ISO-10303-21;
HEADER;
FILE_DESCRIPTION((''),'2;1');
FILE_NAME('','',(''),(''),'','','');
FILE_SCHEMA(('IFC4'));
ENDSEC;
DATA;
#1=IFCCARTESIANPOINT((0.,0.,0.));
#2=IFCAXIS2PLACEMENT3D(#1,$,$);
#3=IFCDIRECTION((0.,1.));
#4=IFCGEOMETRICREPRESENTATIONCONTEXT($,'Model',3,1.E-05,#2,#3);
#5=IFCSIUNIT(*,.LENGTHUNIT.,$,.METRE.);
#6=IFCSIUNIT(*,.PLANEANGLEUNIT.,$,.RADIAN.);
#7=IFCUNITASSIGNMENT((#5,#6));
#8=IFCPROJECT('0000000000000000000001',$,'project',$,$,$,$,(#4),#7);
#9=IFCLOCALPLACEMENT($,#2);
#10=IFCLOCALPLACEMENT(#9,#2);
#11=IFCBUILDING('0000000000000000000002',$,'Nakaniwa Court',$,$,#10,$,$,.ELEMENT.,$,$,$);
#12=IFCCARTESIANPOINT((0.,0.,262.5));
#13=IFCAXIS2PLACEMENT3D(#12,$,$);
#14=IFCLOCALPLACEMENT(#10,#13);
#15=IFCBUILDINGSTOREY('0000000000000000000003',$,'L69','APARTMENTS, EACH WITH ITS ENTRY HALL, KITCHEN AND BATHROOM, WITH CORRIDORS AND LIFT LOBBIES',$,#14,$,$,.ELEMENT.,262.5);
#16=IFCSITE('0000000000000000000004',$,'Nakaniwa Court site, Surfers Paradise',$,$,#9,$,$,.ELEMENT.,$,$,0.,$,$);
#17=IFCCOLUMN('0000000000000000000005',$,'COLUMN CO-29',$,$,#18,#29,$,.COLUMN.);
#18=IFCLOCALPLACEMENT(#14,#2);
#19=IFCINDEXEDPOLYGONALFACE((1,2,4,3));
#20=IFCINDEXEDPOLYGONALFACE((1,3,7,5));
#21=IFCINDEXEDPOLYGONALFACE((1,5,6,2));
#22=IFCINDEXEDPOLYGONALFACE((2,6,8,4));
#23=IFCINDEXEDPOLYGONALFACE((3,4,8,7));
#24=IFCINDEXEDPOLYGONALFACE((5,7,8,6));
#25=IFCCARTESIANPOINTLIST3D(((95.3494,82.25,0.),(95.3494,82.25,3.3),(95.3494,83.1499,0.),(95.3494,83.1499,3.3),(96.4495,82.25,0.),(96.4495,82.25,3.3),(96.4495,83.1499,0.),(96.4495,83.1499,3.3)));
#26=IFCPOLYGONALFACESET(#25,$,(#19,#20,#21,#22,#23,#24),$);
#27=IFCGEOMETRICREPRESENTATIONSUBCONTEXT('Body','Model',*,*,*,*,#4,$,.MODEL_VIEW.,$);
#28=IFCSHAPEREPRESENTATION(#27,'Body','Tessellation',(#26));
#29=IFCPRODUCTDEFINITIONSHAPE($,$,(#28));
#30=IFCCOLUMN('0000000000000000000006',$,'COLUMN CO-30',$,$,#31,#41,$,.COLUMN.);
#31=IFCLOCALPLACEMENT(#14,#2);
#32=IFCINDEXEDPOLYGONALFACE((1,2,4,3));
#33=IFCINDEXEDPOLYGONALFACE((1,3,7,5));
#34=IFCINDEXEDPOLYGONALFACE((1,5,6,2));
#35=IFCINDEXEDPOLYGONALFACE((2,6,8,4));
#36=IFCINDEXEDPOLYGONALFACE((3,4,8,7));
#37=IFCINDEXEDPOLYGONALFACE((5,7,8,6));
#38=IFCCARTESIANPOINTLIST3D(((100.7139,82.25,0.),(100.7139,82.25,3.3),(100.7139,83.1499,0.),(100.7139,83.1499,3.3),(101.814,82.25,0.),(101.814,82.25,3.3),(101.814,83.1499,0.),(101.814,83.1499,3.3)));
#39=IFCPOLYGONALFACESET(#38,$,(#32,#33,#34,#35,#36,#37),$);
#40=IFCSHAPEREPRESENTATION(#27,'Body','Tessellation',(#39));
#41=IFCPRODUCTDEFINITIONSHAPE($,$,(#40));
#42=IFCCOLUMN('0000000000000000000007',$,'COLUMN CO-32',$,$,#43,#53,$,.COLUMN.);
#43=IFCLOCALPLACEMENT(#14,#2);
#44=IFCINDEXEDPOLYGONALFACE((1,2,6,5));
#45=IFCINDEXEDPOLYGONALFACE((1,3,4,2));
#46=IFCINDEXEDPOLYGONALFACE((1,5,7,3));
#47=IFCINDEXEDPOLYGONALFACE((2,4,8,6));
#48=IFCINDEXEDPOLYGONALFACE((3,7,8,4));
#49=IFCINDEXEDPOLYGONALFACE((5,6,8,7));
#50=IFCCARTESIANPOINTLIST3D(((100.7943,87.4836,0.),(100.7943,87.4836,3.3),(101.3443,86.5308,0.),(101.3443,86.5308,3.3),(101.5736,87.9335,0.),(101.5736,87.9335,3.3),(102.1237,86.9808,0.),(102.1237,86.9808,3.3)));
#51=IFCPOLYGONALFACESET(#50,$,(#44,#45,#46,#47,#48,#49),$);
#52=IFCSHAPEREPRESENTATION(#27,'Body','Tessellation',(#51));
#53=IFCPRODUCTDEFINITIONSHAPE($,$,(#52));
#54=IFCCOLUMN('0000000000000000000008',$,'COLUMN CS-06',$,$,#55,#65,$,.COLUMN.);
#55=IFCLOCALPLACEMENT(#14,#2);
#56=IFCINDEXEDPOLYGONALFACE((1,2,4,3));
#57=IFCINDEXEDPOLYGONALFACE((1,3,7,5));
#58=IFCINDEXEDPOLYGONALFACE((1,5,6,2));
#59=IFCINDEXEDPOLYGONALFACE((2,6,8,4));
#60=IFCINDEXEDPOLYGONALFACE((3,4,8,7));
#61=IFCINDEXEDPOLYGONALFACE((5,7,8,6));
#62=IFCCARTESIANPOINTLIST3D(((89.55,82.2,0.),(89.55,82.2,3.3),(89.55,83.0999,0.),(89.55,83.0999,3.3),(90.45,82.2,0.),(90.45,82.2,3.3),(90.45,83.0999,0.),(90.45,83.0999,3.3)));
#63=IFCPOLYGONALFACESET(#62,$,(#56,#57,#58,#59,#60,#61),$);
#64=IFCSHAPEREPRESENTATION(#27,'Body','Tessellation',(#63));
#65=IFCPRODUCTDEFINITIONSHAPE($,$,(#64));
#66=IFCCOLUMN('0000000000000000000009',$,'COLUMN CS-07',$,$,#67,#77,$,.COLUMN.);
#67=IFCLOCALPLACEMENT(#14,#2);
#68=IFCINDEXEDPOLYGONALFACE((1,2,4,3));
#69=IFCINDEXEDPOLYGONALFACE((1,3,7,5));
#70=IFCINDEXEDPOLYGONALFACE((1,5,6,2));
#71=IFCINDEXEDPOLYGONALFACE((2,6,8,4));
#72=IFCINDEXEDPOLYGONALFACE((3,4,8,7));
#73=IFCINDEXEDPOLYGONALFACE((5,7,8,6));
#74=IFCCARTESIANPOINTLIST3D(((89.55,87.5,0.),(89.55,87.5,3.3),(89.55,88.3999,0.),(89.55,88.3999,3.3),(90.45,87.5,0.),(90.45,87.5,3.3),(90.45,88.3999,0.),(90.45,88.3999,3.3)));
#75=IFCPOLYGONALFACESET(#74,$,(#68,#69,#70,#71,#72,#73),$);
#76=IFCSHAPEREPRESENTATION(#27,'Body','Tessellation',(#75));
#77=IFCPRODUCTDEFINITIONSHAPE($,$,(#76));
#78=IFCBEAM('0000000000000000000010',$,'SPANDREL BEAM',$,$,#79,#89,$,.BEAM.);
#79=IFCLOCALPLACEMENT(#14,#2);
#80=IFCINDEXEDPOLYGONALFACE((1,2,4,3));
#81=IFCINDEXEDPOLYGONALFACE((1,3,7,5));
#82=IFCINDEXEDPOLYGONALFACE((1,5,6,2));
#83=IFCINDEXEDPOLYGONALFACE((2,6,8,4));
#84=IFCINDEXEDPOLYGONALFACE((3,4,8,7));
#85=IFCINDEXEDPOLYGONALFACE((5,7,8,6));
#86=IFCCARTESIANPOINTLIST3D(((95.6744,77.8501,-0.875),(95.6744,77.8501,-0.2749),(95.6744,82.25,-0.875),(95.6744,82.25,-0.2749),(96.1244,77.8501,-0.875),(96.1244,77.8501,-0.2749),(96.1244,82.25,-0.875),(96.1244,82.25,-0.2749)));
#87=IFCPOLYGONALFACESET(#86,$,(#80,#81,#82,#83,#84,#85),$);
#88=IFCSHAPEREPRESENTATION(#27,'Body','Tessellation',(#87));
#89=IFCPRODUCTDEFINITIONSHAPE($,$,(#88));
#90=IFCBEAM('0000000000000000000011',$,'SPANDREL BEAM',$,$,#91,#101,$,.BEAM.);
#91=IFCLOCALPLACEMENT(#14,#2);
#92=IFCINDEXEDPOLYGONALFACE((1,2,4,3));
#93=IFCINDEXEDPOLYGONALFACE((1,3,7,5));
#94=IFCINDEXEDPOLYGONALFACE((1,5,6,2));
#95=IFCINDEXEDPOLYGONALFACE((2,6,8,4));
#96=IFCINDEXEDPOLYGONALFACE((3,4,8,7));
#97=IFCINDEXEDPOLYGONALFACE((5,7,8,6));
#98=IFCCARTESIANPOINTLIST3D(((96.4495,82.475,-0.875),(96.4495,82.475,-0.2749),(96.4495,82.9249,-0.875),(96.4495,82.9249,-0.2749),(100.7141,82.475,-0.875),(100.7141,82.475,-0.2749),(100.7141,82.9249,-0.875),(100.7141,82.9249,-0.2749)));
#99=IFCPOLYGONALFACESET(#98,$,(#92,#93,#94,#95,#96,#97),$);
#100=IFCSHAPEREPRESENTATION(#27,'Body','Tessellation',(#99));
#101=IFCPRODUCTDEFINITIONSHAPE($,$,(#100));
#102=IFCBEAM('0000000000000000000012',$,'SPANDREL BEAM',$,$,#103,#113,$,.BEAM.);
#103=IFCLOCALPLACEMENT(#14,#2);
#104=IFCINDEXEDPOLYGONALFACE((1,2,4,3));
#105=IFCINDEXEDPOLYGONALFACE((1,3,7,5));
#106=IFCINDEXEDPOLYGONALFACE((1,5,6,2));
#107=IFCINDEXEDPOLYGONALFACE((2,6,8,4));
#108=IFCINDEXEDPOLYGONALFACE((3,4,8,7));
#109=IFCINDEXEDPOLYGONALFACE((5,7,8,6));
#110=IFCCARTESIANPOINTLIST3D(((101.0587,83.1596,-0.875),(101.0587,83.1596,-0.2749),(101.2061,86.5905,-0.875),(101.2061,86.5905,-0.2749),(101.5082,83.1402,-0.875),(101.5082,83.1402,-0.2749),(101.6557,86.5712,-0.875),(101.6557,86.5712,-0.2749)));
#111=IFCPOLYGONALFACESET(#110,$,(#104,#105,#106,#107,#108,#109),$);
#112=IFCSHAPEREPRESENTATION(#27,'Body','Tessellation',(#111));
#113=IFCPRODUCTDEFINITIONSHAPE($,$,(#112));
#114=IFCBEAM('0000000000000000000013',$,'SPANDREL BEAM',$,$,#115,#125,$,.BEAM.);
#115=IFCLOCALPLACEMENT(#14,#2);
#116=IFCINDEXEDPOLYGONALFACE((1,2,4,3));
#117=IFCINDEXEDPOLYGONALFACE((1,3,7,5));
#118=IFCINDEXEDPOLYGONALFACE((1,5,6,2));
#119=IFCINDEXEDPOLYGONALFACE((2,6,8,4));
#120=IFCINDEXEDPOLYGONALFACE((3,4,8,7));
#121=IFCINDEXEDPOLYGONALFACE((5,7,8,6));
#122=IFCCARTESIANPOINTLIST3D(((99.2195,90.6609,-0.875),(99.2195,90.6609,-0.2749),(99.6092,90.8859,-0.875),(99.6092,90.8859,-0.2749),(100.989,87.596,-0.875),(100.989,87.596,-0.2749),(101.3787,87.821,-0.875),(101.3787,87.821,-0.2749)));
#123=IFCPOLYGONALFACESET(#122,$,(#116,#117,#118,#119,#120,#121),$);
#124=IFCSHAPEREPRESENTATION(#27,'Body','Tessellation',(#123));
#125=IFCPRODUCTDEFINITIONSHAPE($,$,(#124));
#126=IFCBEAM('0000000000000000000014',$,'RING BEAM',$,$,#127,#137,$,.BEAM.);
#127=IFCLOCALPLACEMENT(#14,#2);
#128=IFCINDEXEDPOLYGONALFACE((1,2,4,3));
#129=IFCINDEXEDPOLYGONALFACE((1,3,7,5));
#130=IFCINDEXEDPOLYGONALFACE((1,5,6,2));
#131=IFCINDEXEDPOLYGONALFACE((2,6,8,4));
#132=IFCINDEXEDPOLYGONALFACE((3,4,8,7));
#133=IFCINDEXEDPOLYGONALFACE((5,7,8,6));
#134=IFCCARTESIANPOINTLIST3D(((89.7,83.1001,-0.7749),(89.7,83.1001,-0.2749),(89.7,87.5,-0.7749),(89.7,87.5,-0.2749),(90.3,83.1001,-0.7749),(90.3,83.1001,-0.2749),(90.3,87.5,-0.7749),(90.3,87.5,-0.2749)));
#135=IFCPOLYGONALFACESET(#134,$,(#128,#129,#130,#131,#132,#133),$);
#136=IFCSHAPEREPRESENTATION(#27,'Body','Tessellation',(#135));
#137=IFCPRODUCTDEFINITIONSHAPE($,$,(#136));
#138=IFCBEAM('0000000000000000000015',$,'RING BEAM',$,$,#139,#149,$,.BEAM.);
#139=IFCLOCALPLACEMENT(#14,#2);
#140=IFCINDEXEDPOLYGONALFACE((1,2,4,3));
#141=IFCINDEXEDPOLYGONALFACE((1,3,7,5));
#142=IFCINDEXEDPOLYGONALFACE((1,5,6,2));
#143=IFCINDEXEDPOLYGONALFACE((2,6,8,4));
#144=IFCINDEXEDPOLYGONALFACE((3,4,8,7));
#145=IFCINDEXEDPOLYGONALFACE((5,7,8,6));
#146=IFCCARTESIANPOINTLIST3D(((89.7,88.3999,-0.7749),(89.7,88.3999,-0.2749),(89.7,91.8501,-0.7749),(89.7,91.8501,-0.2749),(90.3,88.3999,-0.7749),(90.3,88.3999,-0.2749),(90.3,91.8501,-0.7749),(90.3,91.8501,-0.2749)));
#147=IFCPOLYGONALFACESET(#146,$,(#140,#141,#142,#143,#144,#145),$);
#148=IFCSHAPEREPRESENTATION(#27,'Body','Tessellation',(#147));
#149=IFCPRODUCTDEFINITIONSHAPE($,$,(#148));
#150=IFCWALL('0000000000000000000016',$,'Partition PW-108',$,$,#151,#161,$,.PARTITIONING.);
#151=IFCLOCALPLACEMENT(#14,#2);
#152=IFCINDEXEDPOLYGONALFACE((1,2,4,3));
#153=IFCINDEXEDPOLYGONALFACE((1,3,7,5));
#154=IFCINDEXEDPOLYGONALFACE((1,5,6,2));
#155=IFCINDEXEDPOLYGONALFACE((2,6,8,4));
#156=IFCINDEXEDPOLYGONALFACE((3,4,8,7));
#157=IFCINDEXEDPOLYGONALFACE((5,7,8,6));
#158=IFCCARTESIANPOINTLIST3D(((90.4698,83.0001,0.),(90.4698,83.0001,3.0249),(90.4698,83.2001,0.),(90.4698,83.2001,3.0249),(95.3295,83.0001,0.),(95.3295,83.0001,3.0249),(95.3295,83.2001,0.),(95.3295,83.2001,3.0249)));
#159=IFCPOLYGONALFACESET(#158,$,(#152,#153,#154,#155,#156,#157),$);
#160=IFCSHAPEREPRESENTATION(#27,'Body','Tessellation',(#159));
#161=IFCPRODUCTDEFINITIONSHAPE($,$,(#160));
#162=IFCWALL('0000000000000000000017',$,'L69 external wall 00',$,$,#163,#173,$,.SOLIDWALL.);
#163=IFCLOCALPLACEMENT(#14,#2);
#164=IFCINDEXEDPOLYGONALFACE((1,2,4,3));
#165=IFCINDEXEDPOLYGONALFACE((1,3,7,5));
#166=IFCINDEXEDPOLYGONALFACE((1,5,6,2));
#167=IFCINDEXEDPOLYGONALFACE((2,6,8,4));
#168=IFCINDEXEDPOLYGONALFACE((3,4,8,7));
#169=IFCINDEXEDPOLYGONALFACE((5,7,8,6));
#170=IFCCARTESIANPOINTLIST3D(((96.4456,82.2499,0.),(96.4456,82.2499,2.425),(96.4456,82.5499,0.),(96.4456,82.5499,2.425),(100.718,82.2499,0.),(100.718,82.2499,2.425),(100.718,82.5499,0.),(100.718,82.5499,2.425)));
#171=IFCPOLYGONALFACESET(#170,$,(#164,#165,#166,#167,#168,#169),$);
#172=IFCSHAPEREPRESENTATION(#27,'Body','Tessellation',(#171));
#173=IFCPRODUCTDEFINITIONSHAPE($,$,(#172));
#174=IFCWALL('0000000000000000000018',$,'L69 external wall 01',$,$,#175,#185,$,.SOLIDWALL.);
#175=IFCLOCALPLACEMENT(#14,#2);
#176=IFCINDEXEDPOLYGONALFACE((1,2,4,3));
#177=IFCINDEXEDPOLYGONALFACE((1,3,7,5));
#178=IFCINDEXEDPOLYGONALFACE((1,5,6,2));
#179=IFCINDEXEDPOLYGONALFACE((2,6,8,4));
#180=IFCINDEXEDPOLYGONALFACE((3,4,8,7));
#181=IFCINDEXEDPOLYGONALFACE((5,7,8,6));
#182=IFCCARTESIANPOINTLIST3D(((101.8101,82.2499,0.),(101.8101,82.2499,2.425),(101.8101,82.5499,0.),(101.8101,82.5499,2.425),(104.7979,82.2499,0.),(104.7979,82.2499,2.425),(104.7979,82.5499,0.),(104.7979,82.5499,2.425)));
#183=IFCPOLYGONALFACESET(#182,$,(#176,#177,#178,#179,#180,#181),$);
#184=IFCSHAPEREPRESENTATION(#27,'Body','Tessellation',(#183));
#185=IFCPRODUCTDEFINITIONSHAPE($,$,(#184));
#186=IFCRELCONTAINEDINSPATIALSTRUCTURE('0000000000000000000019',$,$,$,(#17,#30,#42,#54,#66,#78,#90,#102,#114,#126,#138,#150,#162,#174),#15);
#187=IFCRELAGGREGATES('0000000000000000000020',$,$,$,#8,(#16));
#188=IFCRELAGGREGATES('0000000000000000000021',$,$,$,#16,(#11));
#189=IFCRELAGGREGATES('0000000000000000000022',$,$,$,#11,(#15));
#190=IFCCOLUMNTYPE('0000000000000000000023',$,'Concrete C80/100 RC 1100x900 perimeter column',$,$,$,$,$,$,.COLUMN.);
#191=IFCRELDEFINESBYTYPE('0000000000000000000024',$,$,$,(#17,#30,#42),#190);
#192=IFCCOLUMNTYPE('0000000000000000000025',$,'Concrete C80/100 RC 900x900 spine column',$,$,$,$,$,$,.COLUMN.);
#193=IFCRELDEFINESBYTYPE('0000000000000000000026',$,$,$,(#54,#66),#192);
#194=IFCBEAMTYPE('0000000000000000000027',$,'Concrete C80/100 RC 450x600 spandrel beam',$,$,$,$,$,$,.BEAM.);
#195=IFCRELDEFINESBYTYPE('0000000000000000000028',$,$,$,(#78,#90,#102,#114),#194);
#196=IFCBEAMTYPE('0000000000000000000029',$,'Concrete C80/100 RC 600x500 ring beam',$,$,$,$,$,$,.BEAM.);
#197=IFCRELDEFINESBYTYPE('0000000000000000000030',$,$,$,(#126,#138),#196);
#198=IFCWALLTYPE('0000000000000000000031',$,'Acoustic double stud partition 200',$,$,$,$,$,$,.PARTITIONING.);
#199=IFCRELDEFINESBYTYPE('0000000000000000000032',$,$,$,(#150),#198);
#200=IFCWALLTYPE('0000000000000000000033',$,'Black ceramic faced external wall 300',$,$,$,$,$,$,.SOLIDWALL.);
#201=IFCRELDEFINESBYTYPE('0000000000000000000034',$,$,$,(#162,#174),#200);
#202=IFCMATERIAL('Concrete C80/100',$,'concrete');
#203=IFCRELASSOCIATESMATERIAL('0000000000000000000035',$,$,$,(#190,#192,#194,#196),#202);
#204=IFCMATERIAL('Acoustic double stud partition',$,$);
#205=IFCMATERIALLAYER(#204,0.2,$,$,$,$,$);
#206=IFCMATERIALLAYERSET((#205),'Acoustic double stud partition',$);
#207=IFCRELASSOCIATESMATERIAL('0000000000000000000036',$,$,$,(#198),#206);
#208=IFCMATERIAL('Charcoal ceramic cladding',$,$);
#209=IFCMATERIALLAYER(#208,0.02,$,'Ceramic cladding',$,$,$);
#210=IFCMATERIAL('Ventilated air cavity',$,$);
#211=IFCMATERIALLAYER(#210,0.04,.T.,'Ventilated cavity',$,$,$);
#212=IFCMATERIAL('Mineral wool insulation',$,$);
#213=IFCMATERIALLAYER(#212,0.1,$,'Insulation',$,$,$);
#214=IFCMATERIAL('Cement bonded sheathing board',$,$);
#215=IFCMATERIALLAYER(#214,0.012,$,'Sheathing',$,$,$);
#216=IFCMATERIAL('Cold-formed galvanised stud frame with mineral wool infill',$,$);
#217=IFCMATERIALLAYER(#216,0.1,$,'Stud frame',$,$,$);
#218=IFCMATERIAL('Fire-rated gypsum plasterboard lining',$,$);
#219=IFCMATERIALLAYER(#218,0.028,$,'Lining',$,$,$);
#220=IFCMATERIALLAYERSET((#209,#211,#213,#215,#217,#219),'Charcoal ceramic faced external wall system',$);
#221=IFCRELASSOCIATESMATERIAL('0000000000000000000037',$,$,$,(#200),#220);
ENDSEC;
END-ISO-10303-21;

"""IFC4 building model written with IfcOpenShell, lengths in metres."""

from ifc_helpers import new_model, si_unit, direction, frame, frame_2d, origin, origin_2d, place, context, subcontext, project, spatial, rectangle, extrude, material, layer, layer_set, material_profile, profile_set, type_object, element, save


model = new_model("IFC4")

# Units and contexts
model_context = context("Model", 3, precision=1e-05, world=origin(), true_north=direction((0.0, 1.0)))
body_context = subcontext(model_context, "Body", "Model", "MODEL_VIEW")
ifc_project = project(units=[si_unit("LENGTHUNIT", "METRE"), si_unit("PLANEANGLEUNIT", "RADIAN")], contexts=[model_context])

# Site, building, storey
site_placement = place(None, origin())
site = spatial("IfcSite", under=ifc_project, at=site_placement, Name="Nakaniwa Court site, Surfers Paradise", CompositionType="ELEMENT", RefElevation=0.0)
building_placement = place(site_placement, origin())
building = spatial("IfcBuilding", under=site, at=building_placement, Name="Nakaniwa Court", CompositionType="ELEMENT")
storey_placement = place(building_placement, frame((0.0, 0.0, 262.5)))
storey = spatial("IfcBuildingStorey", under=building, at=storey_placement, Name="L69", Description="APARTMENTS, EACH WITH ITS ENTRY HALL, KITCHEN AND BATHROOM, WITH CORRIDORS AND LIFT LOBBIES", CompositionType="ELEMENT", Elevation=262.5)

# Columns
ifc_material_1 = material(Name="Concrete C80/100", Category="concrete")
ifc_material_profile_1 = material_profile(ifc_material_1, rectangle(XDim=1.1001, YDim=0.8999, at=origin_2d()), Name="Concrete C80/100 RC 1100x900 perimeter column")
ifc_profile_set_1 = profile_set([ifc_material_profile_1], Name="Concrete C80/100")
column_type_1 = type_object("IfcColumnType", Name="Concrete C80/100 RC 1100x900 perimeter column", PredefinedType="COLUMN", material=ifc_profile_set_1)
for number, where, z_axis, x_axis, name in (
    (1, (95.8994, 82.7, 0.0), (0.0, 0.0, 1.0), (1.0, 0.0, 0.0), "COLUMN CO-29"),
    (2, (101.2639, 82.7, 0.0), (0.0, 0.0, 1.0), (1.0, 0.0, 0.0), "COLUMN CO-30"),
    (3, (101.459, 87.2322, 0.0), (0.0, 0.0, 1.0), (-0.5, 0.866025, 0.0), "COLUMN CO-32"),
):
    element("IfcColumn", number, at=place(storey_placement, frame(where, z_axis=z_axis, x_axis=x_axis)), inside=storey, type_object=column_type_1, Name=name, PredefinedType="COLUMN", context=body_context, shape_type="SweptSolid", body=[
        extrude(rectangle(XDim=1.1001, YDim=0.8999, at=origin_2d()), origin(), (0.0, 0.0, 1.0), 3.3),
    ])
ifc_material_profile_2 = material_profile(ifc_material_1, rectangle(XDim=0.8999, YDim=0.8999, at=origin_2d()), Name="Concrete C80/100 RC 900x900 spine column")
ifc_profile_set_2 = profile_set([ifc_material_profile_2], Name="Concrete C80/100")
column_type_2 = type_object("IfcColumnType", Name="Concrete C80/100 RC 900x900 spine column", PredefinedType="COLUMN", material=ifc_profile_set_2)
for number, where, z_axis, x_axis, name in (
    (4, (90.0, 82.6499, 0.0), (0.0, 0.0, 1.0), (0.0, 1.0, 0.0), "COLUMN CS-06"),
    (5, (90.0, 87.95, 0.0), (0.0, 0.0, 1.0), (0.0, 1.0, 0.0), "COLUMN CS-07"),
):
    element("IfcColumn", number, at=place(storey_placement, frame(where, z_axis=z_axis, x_axis=x_axis)), inside=storey, type_object=column_type_2, Name=name, PredefinedType="COLUMN", context=body_context, shape_type="SweptSolid", body=[
        extrude(rectangle(XDim=0.8999, YDim=0.8999, at=origin_2d()), origin(), (0.0, 0.0, 1.0), 3.3),
    ])

# Beams
ifc_material_profile_3 = material_profile(ifc_material_1, rectangle(XDim=0.45, YDim=0.6001, at=origin_2d()), Name="Concrete C80/100 RC 450x600 spandrel beam")
ifc_profile_set_3 = profile_set([ifc_material_profile_3], Name="Concrete C80/100")
beam_type_1 = type_object("IfcBeamType", Name="Concrete C80/100 RC 450x600 spandrel beam", PredefinedType="BEAM", material=ifc_profile_set_3)
beam_1_placement = place(storey_placement, frame((95.8994, 77.8501, -0.575), z_axis=(0.0, 1.0, 0.0), x_axis=(-1.0, 0.0, 0.0)))
element("IfcBeam", 6, at=beam_1_placement, inside=storey, type_object=beam_type_1, Name="SPANDREL BEAM", PredefinedType="BEAM", context=body_context, shape_type="SweptSolid", body=[
    extrude(rectangle(XDim=0.45, YDim=0.6001, at=origin_2d()), origin(), (0.0, 0.0, 1.0), 4.3999),
])
beam_2_placement = place(storey_placement, frame((96.4495, 82.7, -0.575), z_axis=(1.0, 0.0, 0.0), x_axis=(0.0, 1.0, 0.0)))
element("IfcBeam", 7, at=beam_2_placement, inside=storey, type_object=beam_type_1, Name="SPANDREL BEAM", PredefinedType="BEAM", context=body_context, shape_type="SweptSolid", body=[
    extrude(rectangle(XDim=0.45, YDim=0.6001, at=origin_2d()), origin(), (0.0, 0.0, 1.0), 4.2646),
])
beam_3_placement = place(storey_placement, frame((101.2834, 83.1499, -0.575), z_axis=(0.042941, 0.999078, 0.0), x_axis=(-0.999078, 0.042941, 0.0)))
element("IfcBeam", 8, at=beam_3_placement, inside=storey, type_object=beam_type_1, Name="SPANDREL BEAM", PredefinedType="BEAM", context=body_context, shape_type="SweptSolid", body=[
    extrude(rectangle(XDim=0.45, YDim=0.6001, at=origin_2d()), origin(), (0.0, 0.0, 1.0), 3.4341),
])
beam_4_placement = place(storey_placement, frame((101.1838, 87.7085, -0.575), z_axis=(-0.499997, 0.866027, 0.0), x_axis=(-0.866027, -0.499997, 0.0)))
element("IfcBeam", 9, at=beam_4_placement, inside=storey, type_object=beam_type_1, Name="SPANDREL BEAM", PredefinedType="BEAM", context=body_context, shape_type="SweptSolid", body=[
    extrude(rectangle(XDim=0.45, YDim=0.6001, at=origin_2d()), origin(), (0.0, 0.0, 1.0), 3.5391),
])
ifc_material_profile_4 = material_profile(ifc_material_1, rectangle(XDim=0.6001, YDim=0.5, at=origin_2d()), Name="Concrete C80/100 RC 600x500 ring beam")
ifc_profile_set_4 = profile_set([ifc_material_profile_4], Name="Concrete C80/100")
beam_type_2 = type_object("IfcBeamType", Name="Concrete C80/100 RC 600x500 ring beam", PredefinedType="BEAM", material=ifc_profile_set_4)
beam_5_placement = place(storey_placement, frame((90.0, 83.1001, -0.5249), z_axis=(0.0, 1.0, 0.0), x_axis=(-1.0, 0.0, 0.0)))
element("IfcBeam", 10, at=beam_5_placement, inside=storey, type_object=beam_type_2, Name="RING BEAM", PredefinedType="BEAM", context=body_context, shape_type="SweptSolid", body=[
    extrude(rectangle(XDim=0.6001, YDim=0.5, at=origin_2d()), origin(), (0.0, 0.0, 1.0), 4.3999),
])
beam_6_placement = place(storey_placement, frame((90.0, 88.3999, -0.5249), z_axis=(0.0, 1.0, 0.0), x_axis=(-1.0, 0.0, 0.0)))
element("IfcBeam", 11, at=beam_6_placement, inside=storey, type_object=beam_type_2, Name="RING BEAM", PredefinedType="BEAM", context=body_context, shape_type="SweptSolid", body=[
    extrude(rectangle(XDim=0.6001, YDim=0.5, at=origin_2d()), origin(), (0.0, 0.0, 1.0), 3.4502),
])

# Walls
ifc_material_2 = material(Name="Acoustic double stud partition")
ifc_layer_1 = layer(ifc_material_2, 0.2)
ifc_layer_set_1 = layer_set([ifc_layer_1], Name="Acoustic double stud partition")
wall_type_1 = type_object("IfcWallType", Name="Acoustic double stud partition 200", PredefinedType="PARTITIONING", material=ifc_layer_set_1)
wall_1_placement = place(storey_placement, frame((90.47, 83.1001, 0.0), z_axis=(0.0, 0.0, 1.0), x_axis=(1.0, 0.0, 0.0)))
element("IfcWall", 12, at=wall_1_placement, inside=storey, type_object=wall_type_1, Name="Partition PW-108", PredefinedType="PARTITIONING", context=body_context, shape_type="SweptSolid", body=[
    extrude(rectangle(XDim=4.8596, YDim=0.2, at=frame_2d((2.4297, 0.0))), origin(), (0.0, 0.0, 1.0), 3.0249),
])
ifc_material_3 = material(Name="Charcoal ceramic cladding")
ifc_layer_2 = layer(ifc_material_3, 0.02, Name="Ceramic cladding")
ifc_material_4 = material(Name="Ventilated air cavity")
ifc_layer_3 = layer(ifc_material_4, 0.04, ventilated=True, Name="Ventilated cavity")
ifc_material_5 = material(Name="Mineral wool insulation")
ifc_layer_4 = layer(ifc_material_5, 0.1, Name="Insulation")
ifc_material_6 = material(Name="Cement bonded sheathing board")
ifc_layer_5 = layer(ifc_material_6, 0.012, Name="Sheathing")
ifc_material_7 = material(Name="Cold-formed galvanised stud frame with mineral wool infill")
ifc_layer_6 = layer(ifc_material_7, 0.1, Name="Stud frame")
ifc_material_8 = material(Name="Fire-rated gypsum plasterboard lining")
ifc_layer_7 = layer(ifc_material_8, 0.028, Name="Lining")
ifc_layer_set_2 = layer_set([ifc_layer_2, ifc_layer_3, ifc_layer_4, ifc_layer_5, ifc_layer_6, ifc_layer_7], Name="Charcoal ceramic faced external wall system")
wall_type_2 = type_object("IfcWallType", Name="Black ceramic faced external wall 300", PredefinedType="SOLIDWALL", material=ifc_layer_set_2)
wall_2_placement = place(storey_placement, frame((96.4456, 82.3999, 0.0), z_axis=(0.0, 0.0, 1.0), x_axis=(1.0, 0.0, 0.0)))
element("IfcWall", 13, at=wall_2_placement, inside=storey, type_object=wall_type_2, Name="L69 external wall 00", PredefinedType="SOLIDWALL", context=body_context, shape_type="SweptSolid", body=[
    extrude(rectangle(XDim=4.2725, YDim=0.3, at=frame_2d((2.1362, 0.0))), origin(), (0.0, 0.0, 1.0), 2.425),
])
wall_3_placement = place(storey_placement, frame((101.8101, 82.3999, 0.0), z_axis=(0.0, 0.0, 1.0), x_axis=(1.0, 0.0, 0.0)))
element("IfcWall", 14, at=wall_3_placement, inside=storey, type_object=wall_type_2, Name="L69 external wall 01", PredefinedType="SOLIDWALL", context=body_context, shape_type="SweptSolid", body=[
    extrude(rectangle(XDim=2.9878, YDim=0.3, at=frame_2d((1.4939, 0.0))), origin(), (0.0, 0.0, 1.0), 2.425),
])

save(model, "model.ifc")
